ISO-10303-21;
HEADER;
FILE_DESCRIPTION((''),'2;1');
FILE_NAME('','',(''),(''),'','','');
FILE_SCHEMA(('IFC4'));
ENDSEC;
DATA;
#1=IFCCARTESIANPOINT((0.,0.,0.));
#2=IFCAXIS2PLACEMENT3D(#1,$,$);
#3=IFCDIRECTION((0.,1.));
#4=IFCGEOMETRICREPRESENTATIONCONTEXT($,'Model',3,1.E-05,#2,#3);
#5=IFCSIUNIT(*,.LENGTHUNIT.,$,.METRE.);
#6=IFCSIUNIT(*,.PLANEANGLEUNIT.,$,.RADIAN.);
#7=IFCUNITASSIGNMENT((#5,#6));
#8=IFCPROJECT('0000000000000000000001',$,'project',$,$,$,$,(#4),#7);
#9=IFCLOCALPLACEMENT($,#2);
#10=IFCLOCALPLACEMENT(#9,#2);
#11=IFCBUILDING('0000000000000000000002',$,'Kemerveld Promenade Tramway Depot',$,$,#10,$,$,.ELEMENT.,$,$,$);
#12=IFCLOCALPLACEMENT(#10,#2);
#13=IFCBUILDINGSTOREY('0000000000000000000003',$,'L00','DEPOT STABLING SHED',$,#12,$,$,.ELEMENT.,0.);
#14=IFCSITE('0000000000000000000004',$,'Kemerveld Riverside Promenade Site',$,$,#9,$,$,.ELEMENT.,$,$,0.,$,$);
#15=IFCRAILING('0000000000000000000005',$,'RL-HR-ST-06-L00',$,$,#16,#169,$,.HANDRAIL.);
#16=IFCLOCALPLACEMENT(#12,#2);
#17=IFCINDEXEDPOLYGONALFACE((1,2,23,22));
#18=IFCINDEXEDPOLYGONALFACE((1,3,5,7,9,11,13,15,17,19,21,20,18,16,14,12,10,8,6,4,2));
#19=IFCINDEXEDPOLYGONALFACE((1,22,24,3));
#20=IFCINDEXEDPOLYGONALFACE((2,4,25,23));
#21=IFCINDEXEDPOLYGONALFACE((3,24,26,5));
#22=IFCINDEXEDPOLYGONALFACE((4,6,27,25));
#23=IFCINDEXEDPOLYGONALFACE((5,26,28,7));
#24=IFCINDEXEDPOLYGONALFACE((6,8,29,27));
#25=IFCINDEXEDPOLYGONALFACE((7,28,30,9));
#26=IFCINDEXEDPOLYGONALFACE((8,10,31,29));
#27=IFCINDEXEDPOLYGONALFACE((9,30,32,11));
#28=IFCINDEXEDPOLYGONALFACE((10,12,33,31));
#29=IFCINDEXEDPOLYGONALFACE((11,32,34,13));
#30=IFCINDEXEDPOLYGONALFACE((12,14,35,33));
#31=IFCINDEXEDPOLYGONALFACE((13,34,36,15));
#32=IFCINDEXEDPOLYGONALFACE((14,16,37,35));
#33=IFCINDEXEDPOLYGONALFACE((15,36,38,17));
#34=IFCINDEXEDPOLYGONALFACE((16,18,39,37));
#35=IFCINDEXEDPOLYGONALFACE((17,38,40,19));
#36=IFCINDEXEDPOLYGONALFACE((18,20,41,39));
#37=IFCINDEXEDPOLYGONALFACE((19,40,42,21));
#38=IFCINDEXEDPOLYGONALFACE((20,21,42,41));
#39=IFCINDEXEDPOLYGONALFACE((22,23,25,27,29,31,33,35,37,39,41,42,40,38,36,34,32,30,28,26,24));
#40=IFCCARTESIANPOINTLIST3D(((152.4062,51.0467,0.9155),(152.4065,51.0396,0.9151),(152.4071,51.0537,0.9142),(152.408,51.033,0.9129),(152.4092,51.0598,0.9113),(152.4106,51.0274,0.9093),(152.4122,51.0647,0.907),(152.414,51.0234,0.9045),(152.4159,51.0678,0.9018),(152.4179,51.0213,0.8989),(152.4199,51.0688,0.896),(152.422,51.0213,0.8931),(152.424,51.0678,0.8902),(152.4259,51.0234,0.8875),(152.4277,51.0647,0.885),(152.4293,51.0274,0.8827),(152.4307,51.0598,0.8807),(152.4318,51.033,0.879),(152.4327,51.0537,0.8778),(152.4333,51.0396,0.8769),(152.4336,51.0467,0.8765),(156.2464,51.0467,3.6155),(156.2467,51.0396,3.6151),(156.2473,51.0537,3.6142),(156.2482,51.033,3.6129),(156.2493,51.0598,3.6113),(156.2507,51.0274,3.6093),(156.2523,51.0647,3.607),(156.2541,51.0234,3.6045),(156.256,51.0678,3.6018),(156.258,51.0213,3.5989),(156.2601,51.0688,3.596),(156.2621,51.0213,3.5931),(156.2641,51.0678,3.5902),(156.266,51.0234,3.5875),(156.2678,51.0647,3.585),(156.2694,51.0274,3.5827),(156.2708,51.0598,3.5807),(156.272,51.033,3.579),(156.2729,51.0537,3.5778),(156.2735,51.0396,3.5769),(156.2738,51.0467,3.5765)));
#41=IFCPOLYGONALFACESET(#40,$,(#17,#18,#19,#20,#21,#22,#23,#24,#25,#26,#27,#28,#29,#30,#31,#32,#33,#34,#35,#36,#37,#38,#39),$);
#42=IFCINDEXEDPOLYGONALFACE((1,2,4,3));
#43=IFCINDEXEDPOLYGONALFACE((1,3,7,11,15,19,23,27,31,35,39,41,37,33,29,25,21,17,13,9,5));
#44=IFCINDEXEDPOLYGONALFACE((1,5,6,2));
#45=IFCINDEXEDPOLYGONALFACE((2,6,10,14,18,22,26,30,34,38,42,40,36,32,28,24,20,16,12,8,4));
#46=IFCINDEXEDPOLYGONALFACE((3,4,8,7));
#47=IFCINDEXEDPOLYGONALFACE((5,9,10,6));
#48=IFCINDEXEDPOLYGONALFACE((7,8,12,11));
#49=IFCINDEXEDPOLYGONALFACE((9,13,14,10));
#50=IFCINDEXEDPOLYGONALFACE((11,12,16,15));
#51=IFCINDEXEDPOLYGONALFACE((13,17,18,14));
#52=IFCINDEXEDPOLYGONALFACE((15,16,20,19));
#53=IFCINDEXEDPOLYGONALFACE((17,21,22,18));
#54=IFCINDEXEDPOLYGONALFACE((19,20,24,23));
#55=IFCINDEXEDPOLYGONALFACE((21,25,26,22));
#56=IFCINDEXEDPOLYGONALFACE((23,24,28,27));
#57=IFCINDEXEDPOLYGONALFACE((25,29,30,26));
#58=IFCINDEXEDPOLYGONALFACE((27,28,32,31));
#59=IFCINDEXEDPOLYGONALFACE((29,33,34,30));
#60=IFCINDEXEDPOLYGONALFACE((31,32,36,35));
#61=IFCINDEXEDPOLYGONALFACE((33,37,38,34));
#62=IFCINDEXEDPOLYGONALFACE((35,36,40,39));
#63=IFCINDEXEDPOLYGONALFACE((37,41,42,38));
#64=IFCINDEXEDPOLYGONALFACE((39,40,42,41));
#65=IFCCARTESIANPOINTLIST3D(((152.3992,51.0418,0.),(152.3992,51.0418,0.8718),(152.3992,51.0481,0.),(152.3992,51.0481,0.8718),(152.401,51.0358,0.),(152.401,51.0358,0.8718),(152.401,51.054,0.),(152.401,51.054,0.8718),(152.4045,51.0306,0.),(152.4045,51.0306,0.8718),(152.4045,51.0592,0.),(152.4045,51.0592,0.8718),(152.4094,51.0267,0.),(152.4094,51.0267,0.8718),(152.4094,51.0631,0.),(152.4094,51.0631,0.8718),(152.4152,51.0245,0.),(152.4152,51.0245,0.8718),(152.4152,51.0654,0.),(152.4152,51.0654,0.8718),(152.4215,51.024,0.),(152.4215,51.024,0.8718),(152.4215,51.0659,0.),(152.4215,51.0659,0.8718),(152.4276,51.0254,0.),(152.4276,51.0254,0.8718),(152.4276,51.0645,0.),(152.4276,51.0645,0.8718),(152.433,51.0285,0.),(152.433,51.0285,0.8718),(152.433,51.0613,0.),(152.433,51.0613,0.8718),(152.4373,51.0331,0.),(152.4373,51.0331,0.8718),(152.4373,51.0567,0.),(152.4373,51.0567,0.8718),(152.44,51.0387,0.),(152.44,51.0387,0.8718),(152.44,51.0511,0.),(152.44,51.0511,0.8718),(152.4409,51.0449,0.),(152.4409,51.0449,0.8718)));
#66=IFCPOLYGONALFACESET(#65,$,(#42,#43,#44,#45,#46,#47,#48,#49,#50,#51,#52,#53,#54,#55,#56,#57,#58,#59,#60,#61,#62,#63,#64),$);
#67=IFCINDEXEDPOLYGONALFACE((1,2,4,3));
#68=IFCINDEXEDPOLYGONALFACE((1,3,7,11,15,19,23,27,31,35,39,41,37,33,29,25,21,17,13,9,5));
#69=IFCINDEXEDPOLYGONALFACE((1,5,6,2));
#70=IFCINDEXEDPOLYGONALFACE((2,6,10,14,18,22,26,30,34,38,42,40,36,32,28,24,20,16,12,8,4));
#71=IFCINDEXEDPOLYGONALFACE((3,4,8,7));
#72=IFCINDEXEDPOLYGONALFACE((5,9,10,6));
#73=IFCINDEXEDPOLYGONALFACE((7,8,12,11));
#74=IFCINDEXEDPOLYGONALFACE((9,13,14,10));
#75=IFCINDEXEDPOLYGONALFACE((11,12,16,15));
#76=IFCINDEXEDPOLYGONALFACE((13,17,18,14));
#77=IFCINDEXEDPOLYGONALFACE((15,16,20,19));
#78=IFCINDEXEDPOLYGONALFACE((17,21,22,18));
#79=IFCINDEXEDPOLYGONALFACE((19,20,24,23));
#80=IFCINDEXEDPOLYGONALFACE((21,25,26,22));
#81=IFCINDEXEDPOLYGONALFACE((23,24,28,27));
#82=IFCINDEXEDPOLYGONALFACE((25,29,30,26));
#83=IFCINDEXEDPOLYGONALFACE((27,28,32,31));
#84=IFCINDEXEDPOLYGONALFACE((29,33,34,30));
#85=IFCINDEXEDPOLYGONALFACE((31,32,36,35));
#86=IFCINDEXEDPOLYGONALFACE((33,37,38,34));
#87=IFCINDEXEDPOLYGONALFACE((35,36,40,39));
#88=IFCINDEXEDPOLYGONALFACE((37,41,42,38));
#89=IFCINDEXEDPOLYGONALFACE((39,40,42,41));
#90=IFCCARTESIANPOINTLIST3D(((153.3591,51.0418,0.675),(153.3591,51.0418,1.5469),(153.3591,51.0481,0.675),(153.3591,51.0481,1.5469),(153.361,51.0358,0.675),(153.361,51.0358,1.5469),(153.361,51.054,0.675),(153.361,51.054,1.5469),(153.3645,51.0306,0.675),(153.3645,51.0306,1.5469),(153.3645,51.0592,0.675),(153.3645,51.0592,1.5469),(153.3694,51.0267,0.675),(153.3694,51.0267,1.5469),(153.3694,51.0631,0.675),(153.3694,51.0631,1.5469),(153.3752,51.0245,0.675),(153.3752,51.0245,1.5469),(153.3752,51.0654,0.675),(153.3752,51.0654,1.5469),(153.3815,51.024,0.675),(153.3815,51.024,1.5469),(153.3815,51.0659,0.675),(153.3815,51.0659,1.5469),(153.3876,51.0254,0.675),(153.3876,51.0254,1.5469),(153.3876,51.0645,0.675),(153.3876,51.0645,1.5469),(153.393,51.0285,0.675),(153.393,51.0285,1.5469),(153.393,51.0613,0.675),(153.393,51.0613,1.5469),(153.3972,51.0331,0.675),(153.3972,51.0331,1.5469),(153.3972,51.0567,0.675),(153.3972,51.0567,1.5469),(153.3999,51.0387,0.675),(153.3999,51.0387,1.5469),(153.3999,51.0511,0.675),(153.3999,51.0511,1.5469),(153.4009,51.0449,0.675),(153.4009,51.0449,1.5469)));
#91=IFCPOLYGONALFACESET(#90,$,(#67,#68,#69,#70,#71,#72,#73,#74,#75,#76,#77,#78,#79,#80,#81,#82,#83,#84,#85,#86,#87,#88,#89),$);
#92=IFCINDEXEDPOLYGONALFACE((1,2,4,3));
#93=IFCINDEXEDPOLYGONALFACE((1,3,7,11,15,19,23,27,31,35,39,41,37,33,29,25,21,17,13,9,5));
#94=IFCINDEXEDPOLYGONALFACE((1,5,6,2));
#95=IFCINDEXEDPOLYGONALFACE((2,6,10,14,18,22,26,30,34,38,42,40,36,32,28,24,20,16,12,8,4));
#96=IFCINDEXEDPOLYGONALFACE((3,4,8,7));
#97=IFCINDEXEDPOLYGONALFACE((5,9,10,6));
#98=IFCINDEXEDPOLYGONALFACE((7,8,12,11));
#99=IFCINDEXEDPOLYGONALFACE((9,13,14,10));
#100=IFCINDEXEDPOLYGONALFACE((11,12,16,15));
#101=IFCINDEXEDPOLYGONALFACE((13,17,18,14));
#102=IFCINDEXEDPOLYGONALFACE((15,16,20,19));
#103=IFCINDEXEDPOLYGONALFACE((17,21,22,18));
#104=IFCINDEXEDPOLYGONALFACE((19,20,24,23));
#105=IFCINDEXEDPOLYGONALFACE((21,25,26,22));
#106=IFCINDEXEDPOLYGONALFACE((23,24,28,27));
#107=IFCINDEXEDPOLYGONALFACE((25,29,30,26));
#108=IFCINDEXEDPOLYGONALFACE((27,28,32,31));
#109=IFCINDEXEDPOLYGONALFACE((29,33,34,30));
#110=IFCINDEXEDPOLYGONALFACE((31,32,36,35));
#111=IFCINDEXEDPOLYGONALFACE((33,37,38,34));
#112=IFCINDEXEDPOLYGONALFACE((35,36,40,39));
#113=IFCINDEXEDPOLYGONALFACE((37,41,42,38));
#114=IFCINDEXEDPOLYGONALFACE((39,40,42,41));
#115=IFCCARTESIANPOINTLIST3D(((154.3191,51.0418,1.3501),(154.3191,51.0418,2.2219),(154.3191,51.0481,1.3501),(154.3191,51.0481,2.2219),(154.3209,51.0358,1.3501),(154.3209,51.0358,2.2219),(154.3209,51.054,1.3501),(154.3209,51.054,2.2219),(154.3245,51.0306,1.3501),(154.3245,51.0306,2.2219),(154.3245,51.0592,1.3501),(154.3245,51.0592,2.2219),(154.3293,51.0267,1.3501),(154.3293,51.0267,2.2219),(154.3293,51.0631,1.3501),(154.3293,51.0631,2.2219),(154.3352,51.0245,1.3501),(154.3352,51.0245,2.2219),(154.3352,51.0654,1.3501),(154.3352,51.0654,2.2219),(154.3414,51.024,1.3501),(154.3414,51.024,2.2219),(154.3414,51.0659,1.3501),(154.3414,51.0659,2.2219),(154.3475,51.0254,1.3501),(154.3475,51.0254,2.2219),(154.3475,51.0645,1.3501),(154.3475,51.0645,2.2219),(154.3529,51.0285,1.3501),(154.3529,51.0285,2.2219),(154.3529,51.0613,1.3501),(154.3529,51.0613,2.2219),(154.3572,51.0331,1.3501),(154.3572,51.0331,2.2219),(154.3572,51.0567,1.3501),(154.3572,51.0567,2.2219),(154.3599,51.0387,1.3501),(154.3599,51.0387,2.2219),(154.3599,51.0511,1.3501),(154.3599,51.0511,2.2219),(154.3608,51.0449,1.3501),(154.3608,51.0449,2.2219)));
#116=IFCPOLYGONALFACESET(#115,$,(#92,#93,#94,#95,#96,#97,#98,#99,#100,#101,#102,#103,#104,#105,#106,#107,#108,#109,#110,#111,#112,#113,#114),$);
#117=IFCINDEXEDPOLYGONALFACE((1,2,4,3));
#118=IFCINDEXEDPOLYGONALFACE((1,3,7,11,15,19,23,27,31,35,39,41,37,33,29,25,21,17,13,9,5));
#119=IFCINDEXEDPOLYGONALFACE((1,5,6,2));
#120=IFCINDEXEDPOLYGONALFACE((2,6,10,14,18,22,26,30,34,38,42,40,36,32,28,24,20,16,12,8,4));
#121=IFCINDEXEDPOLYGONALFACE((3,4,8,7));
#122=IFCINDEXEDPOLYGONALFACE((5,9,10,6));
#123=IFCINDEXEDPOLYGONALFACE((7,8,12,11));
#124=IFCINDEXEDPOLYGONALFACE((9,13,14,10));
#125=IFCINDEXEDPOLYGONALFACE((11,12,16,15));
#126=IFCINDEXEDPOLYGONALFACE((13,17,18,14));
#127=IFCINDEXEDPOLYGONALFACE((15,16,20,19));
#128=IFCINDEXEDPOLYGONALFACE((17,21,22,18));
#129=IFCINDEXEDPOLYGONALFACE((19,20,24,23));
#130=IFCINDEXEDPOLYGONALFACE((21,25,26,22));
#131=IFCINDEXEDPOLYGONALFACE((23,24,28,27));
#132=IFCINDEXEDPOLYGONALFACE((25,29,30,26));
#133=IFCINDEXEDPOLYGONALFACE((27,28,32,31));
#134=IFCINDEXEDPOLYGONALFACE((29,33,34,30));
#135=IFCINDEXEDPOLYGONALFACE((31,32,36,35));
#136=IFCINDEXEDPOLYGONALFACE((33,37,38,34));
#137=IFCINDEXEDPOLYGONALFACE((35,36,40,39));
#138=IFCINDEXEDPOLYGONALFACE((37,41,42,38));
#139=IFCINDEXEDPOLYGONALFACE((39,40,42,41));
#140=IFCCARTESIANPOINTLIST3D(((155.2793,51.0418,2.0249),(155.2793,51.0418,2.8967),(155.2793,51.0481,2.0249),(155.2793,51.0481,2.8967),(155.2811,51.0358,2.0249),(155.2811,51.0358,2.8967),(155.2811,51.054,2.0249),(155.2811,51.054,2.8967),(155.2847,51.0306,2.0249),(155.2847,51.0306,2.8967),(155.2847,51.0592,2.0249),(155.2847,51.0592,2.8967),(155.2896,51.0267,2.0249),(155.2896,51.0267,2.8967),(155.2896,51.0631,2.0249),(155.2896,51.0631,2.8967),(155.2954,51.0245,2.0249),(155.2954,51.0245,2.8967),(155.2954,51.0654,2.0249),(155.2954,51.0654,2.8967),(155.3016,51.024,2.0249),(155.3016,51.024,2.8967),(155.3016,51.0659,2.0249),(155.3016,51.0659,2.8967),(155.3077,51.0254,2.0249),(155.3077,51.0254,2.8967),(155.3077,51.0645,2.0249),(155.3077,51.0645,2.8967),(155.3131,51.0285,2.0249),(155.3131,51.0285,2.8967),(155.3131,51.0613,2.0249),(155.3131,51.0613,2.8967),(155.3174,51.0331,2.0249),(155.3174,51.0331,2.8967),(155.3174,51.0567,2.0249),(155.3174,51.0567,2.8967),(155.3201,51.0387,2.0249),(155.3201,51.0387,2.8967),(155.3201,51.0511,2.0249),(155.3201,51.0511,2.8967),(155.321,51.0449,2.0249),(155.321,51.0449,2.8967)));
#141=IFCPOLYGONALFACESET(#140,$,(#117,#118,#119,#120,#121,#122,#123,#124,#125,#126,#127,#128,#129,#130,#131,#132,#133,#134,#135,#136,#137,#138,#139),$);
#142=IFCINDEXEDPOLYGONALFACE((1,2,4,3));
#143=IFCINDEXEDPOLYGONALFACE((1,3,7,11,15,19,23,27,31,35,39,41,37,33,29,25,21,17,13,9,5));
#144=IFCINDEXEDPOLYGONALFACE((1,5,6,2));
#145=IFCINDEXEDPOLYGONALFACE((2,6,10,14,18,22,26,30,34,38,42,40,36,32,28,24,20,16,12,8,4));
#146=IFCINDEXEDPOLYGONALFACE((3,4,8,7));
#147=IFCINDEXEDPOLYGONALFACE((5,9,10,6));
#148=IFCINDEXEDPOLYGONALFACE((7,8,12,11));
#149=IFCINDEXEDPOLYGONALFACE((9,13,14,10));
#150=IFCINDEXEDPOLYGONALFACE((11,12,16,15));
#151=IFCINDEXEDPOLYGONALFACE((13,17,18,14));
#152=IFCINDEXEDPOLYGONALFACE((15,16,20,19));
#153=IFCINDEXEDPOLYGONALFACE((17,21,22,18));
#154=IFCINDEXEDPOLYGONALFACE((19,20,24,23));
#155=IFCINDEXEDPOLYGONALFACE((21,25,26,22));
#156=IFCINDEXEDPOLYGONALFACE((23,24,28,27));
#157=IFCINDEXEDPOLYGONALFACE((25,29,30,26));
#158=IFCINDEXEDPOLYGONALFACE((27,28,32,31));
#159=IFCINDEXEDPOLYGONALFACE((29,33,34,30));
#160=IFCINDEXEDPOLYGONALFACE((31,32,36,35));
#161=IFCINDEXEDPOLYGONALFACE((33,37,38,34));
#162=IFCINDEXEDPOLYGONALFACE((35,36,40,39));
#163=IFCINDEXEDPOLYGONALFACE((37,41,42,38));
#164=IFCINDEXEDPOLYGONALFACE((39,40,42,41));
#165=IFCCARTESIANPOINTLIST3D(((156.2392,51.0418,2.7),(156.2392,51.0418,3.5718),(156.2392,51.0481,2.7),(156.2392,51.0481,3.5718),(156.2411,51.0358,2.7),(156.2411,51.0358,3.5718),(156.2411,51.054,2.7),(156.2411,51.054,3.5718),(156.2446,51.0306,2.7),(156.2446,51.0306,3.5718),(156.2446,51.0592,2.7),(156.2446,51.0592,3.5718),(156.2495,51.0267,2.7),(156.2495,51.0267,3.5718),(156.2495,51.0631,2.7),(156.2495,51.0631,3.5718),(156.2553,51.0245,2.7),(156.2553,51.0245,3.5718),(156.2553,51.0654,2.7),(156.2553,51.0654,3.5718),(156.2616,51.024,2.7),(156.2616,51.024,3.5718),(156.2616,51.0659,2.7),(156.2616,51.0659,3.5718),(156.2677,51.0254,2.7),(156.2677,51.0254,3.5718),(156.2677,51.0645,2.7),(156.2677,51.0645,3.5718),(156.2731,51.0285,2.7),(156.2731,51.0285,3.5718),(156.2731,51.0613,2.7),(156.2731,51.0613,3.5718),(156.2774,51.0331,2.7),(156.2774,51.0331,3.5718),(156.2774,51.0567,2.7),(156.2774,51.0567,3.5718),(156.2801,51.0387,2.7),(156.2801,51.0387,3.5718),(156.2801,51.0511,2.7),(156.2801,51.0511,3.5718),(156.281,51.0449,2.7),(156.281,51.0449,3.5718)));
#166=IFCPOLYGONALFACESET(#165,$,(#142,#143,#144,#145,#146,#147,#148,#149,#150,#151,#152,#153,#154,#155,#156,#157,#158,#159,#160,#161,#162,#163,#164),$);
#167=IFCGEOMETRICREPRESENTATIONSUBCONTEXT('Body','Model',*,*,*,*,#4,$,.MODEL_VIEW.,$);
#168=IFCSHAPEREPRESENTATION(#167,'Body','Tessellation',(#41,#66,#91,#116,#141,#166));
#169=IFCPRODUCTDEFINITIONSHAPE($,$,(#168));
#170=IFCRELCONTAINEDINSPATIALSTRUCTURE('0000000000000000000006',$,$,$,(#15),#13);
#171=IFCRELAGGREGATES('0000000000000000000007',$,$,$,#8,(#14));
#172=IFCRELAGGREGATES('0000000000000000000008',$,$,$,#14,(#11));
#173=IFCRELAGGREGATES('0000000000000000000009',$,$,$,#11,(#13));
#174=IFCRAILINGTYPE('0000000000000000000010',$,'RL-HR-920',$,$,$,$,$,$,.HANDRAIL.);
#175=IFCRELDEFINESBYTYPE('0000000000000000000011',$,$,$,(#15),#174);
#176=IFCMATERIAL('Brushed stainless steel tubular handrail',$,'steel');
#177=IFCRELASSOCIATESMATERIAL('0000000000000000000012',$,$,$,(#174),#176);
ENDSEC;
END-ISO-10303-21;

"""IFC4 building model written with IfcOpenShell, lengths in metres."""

from ifc_helpers import new_model, si_unit, direction, frame, origin, origin_2d, place, context, subcontext, project, spatial, circle, extrude, material, type_object, element, save


model = new_model("IFC4")

# Units and contexts
model_context = context("Model", 3, precision=1e-05, world=origin(), true_north=direction((0.0, 1.0)))
body_context = subcontext(model_context, "Body", "Model", "MODEL_VIEW")
ifc_project = project(units=[si_unit("LENGTHUNIT", "METRE"), si_unit("PLANEANGLEUNIT", "RADIAN")], contexts=[model_context])

# Site, building, storey
site_placement = place(None, origin())
site = spatial("IfcSite", under=ifc_project, at=site_placement, Name="Kemerveld Riverside Promenade Site", CompositionType="ELEMENT", RefElevation=0.0)
building_placement = place(site_placement, origin())
building = spatial("IfcBuilding", under=site, at=building_placement, Name="Kemerveld Promenade Tramway Depot", CompositionType="ELEMENT")
storey_placement = place(building_placement, origin())
storey = spatial("IfcBuildingStorey", under=building, at=storey_placement, Name="L00", Description="DEPOT STABLING SHED", CompositionType="ELEMENT", Elevation=0.0)

# Railing
ifc_material_1 = material(Name="Brushed stainless steel tubular handrail", Category="steel")
railing_type_1 = type_object("IfcRailingType", Name="RL-HR-920", PredefinedType="HANDRAIL", material=ifc_material_1)
railing_1_placement = place(storey_placement, frame((152.4199, 51.0449, 0.0)))
element("IfcRailing", 1, at=railing_1_placement, inside=storey, type_object=railing_type_1, Name="RL-HR-ST-06-L00", PredefinedType="HANDRAIL", context=body_context, shape_type="SweptSolid", body=[
    extrude(circle(Radius=0.0239, at=origin_2d()), frame((0.0, 0.0, 0.896), z_axis=(0.81804, 0.0, 0.575161), x_axis=(0.0, 1.0, 0.0)), (0.0, 0.0, 1.0), 4.6943),
    extrude(circle(Radius=0.021, at=origin_2d()), origin(), (0.0, 0.0, 1.0), 0.8718),
    extrude(circle(Radius=0.021, at=origin_2d()), frame((0.96, 0.0, 0.675)), (0.0, 0.0, 1.0), 0.8718),
    extrude(circle(Radius=0.021, at=origin_2d()), frame((1.9199, 0.0, 1.3501)), (0.0, 0.0, 1.0), 0.8718),
    extrude(circle(Radius=0.021, at=origin_2d()), frame((2.8801, 0.0, 2.0249)), (0.0, 0.0, 1.0), 0.8718),
    extrude(circle(Radius=0.021, at=origin_2d()), frame((3.8401, 0.0, 2.7)), (0.0, 0.0, 1.0), 0.8718),
])

save(model, "model.ifc")
